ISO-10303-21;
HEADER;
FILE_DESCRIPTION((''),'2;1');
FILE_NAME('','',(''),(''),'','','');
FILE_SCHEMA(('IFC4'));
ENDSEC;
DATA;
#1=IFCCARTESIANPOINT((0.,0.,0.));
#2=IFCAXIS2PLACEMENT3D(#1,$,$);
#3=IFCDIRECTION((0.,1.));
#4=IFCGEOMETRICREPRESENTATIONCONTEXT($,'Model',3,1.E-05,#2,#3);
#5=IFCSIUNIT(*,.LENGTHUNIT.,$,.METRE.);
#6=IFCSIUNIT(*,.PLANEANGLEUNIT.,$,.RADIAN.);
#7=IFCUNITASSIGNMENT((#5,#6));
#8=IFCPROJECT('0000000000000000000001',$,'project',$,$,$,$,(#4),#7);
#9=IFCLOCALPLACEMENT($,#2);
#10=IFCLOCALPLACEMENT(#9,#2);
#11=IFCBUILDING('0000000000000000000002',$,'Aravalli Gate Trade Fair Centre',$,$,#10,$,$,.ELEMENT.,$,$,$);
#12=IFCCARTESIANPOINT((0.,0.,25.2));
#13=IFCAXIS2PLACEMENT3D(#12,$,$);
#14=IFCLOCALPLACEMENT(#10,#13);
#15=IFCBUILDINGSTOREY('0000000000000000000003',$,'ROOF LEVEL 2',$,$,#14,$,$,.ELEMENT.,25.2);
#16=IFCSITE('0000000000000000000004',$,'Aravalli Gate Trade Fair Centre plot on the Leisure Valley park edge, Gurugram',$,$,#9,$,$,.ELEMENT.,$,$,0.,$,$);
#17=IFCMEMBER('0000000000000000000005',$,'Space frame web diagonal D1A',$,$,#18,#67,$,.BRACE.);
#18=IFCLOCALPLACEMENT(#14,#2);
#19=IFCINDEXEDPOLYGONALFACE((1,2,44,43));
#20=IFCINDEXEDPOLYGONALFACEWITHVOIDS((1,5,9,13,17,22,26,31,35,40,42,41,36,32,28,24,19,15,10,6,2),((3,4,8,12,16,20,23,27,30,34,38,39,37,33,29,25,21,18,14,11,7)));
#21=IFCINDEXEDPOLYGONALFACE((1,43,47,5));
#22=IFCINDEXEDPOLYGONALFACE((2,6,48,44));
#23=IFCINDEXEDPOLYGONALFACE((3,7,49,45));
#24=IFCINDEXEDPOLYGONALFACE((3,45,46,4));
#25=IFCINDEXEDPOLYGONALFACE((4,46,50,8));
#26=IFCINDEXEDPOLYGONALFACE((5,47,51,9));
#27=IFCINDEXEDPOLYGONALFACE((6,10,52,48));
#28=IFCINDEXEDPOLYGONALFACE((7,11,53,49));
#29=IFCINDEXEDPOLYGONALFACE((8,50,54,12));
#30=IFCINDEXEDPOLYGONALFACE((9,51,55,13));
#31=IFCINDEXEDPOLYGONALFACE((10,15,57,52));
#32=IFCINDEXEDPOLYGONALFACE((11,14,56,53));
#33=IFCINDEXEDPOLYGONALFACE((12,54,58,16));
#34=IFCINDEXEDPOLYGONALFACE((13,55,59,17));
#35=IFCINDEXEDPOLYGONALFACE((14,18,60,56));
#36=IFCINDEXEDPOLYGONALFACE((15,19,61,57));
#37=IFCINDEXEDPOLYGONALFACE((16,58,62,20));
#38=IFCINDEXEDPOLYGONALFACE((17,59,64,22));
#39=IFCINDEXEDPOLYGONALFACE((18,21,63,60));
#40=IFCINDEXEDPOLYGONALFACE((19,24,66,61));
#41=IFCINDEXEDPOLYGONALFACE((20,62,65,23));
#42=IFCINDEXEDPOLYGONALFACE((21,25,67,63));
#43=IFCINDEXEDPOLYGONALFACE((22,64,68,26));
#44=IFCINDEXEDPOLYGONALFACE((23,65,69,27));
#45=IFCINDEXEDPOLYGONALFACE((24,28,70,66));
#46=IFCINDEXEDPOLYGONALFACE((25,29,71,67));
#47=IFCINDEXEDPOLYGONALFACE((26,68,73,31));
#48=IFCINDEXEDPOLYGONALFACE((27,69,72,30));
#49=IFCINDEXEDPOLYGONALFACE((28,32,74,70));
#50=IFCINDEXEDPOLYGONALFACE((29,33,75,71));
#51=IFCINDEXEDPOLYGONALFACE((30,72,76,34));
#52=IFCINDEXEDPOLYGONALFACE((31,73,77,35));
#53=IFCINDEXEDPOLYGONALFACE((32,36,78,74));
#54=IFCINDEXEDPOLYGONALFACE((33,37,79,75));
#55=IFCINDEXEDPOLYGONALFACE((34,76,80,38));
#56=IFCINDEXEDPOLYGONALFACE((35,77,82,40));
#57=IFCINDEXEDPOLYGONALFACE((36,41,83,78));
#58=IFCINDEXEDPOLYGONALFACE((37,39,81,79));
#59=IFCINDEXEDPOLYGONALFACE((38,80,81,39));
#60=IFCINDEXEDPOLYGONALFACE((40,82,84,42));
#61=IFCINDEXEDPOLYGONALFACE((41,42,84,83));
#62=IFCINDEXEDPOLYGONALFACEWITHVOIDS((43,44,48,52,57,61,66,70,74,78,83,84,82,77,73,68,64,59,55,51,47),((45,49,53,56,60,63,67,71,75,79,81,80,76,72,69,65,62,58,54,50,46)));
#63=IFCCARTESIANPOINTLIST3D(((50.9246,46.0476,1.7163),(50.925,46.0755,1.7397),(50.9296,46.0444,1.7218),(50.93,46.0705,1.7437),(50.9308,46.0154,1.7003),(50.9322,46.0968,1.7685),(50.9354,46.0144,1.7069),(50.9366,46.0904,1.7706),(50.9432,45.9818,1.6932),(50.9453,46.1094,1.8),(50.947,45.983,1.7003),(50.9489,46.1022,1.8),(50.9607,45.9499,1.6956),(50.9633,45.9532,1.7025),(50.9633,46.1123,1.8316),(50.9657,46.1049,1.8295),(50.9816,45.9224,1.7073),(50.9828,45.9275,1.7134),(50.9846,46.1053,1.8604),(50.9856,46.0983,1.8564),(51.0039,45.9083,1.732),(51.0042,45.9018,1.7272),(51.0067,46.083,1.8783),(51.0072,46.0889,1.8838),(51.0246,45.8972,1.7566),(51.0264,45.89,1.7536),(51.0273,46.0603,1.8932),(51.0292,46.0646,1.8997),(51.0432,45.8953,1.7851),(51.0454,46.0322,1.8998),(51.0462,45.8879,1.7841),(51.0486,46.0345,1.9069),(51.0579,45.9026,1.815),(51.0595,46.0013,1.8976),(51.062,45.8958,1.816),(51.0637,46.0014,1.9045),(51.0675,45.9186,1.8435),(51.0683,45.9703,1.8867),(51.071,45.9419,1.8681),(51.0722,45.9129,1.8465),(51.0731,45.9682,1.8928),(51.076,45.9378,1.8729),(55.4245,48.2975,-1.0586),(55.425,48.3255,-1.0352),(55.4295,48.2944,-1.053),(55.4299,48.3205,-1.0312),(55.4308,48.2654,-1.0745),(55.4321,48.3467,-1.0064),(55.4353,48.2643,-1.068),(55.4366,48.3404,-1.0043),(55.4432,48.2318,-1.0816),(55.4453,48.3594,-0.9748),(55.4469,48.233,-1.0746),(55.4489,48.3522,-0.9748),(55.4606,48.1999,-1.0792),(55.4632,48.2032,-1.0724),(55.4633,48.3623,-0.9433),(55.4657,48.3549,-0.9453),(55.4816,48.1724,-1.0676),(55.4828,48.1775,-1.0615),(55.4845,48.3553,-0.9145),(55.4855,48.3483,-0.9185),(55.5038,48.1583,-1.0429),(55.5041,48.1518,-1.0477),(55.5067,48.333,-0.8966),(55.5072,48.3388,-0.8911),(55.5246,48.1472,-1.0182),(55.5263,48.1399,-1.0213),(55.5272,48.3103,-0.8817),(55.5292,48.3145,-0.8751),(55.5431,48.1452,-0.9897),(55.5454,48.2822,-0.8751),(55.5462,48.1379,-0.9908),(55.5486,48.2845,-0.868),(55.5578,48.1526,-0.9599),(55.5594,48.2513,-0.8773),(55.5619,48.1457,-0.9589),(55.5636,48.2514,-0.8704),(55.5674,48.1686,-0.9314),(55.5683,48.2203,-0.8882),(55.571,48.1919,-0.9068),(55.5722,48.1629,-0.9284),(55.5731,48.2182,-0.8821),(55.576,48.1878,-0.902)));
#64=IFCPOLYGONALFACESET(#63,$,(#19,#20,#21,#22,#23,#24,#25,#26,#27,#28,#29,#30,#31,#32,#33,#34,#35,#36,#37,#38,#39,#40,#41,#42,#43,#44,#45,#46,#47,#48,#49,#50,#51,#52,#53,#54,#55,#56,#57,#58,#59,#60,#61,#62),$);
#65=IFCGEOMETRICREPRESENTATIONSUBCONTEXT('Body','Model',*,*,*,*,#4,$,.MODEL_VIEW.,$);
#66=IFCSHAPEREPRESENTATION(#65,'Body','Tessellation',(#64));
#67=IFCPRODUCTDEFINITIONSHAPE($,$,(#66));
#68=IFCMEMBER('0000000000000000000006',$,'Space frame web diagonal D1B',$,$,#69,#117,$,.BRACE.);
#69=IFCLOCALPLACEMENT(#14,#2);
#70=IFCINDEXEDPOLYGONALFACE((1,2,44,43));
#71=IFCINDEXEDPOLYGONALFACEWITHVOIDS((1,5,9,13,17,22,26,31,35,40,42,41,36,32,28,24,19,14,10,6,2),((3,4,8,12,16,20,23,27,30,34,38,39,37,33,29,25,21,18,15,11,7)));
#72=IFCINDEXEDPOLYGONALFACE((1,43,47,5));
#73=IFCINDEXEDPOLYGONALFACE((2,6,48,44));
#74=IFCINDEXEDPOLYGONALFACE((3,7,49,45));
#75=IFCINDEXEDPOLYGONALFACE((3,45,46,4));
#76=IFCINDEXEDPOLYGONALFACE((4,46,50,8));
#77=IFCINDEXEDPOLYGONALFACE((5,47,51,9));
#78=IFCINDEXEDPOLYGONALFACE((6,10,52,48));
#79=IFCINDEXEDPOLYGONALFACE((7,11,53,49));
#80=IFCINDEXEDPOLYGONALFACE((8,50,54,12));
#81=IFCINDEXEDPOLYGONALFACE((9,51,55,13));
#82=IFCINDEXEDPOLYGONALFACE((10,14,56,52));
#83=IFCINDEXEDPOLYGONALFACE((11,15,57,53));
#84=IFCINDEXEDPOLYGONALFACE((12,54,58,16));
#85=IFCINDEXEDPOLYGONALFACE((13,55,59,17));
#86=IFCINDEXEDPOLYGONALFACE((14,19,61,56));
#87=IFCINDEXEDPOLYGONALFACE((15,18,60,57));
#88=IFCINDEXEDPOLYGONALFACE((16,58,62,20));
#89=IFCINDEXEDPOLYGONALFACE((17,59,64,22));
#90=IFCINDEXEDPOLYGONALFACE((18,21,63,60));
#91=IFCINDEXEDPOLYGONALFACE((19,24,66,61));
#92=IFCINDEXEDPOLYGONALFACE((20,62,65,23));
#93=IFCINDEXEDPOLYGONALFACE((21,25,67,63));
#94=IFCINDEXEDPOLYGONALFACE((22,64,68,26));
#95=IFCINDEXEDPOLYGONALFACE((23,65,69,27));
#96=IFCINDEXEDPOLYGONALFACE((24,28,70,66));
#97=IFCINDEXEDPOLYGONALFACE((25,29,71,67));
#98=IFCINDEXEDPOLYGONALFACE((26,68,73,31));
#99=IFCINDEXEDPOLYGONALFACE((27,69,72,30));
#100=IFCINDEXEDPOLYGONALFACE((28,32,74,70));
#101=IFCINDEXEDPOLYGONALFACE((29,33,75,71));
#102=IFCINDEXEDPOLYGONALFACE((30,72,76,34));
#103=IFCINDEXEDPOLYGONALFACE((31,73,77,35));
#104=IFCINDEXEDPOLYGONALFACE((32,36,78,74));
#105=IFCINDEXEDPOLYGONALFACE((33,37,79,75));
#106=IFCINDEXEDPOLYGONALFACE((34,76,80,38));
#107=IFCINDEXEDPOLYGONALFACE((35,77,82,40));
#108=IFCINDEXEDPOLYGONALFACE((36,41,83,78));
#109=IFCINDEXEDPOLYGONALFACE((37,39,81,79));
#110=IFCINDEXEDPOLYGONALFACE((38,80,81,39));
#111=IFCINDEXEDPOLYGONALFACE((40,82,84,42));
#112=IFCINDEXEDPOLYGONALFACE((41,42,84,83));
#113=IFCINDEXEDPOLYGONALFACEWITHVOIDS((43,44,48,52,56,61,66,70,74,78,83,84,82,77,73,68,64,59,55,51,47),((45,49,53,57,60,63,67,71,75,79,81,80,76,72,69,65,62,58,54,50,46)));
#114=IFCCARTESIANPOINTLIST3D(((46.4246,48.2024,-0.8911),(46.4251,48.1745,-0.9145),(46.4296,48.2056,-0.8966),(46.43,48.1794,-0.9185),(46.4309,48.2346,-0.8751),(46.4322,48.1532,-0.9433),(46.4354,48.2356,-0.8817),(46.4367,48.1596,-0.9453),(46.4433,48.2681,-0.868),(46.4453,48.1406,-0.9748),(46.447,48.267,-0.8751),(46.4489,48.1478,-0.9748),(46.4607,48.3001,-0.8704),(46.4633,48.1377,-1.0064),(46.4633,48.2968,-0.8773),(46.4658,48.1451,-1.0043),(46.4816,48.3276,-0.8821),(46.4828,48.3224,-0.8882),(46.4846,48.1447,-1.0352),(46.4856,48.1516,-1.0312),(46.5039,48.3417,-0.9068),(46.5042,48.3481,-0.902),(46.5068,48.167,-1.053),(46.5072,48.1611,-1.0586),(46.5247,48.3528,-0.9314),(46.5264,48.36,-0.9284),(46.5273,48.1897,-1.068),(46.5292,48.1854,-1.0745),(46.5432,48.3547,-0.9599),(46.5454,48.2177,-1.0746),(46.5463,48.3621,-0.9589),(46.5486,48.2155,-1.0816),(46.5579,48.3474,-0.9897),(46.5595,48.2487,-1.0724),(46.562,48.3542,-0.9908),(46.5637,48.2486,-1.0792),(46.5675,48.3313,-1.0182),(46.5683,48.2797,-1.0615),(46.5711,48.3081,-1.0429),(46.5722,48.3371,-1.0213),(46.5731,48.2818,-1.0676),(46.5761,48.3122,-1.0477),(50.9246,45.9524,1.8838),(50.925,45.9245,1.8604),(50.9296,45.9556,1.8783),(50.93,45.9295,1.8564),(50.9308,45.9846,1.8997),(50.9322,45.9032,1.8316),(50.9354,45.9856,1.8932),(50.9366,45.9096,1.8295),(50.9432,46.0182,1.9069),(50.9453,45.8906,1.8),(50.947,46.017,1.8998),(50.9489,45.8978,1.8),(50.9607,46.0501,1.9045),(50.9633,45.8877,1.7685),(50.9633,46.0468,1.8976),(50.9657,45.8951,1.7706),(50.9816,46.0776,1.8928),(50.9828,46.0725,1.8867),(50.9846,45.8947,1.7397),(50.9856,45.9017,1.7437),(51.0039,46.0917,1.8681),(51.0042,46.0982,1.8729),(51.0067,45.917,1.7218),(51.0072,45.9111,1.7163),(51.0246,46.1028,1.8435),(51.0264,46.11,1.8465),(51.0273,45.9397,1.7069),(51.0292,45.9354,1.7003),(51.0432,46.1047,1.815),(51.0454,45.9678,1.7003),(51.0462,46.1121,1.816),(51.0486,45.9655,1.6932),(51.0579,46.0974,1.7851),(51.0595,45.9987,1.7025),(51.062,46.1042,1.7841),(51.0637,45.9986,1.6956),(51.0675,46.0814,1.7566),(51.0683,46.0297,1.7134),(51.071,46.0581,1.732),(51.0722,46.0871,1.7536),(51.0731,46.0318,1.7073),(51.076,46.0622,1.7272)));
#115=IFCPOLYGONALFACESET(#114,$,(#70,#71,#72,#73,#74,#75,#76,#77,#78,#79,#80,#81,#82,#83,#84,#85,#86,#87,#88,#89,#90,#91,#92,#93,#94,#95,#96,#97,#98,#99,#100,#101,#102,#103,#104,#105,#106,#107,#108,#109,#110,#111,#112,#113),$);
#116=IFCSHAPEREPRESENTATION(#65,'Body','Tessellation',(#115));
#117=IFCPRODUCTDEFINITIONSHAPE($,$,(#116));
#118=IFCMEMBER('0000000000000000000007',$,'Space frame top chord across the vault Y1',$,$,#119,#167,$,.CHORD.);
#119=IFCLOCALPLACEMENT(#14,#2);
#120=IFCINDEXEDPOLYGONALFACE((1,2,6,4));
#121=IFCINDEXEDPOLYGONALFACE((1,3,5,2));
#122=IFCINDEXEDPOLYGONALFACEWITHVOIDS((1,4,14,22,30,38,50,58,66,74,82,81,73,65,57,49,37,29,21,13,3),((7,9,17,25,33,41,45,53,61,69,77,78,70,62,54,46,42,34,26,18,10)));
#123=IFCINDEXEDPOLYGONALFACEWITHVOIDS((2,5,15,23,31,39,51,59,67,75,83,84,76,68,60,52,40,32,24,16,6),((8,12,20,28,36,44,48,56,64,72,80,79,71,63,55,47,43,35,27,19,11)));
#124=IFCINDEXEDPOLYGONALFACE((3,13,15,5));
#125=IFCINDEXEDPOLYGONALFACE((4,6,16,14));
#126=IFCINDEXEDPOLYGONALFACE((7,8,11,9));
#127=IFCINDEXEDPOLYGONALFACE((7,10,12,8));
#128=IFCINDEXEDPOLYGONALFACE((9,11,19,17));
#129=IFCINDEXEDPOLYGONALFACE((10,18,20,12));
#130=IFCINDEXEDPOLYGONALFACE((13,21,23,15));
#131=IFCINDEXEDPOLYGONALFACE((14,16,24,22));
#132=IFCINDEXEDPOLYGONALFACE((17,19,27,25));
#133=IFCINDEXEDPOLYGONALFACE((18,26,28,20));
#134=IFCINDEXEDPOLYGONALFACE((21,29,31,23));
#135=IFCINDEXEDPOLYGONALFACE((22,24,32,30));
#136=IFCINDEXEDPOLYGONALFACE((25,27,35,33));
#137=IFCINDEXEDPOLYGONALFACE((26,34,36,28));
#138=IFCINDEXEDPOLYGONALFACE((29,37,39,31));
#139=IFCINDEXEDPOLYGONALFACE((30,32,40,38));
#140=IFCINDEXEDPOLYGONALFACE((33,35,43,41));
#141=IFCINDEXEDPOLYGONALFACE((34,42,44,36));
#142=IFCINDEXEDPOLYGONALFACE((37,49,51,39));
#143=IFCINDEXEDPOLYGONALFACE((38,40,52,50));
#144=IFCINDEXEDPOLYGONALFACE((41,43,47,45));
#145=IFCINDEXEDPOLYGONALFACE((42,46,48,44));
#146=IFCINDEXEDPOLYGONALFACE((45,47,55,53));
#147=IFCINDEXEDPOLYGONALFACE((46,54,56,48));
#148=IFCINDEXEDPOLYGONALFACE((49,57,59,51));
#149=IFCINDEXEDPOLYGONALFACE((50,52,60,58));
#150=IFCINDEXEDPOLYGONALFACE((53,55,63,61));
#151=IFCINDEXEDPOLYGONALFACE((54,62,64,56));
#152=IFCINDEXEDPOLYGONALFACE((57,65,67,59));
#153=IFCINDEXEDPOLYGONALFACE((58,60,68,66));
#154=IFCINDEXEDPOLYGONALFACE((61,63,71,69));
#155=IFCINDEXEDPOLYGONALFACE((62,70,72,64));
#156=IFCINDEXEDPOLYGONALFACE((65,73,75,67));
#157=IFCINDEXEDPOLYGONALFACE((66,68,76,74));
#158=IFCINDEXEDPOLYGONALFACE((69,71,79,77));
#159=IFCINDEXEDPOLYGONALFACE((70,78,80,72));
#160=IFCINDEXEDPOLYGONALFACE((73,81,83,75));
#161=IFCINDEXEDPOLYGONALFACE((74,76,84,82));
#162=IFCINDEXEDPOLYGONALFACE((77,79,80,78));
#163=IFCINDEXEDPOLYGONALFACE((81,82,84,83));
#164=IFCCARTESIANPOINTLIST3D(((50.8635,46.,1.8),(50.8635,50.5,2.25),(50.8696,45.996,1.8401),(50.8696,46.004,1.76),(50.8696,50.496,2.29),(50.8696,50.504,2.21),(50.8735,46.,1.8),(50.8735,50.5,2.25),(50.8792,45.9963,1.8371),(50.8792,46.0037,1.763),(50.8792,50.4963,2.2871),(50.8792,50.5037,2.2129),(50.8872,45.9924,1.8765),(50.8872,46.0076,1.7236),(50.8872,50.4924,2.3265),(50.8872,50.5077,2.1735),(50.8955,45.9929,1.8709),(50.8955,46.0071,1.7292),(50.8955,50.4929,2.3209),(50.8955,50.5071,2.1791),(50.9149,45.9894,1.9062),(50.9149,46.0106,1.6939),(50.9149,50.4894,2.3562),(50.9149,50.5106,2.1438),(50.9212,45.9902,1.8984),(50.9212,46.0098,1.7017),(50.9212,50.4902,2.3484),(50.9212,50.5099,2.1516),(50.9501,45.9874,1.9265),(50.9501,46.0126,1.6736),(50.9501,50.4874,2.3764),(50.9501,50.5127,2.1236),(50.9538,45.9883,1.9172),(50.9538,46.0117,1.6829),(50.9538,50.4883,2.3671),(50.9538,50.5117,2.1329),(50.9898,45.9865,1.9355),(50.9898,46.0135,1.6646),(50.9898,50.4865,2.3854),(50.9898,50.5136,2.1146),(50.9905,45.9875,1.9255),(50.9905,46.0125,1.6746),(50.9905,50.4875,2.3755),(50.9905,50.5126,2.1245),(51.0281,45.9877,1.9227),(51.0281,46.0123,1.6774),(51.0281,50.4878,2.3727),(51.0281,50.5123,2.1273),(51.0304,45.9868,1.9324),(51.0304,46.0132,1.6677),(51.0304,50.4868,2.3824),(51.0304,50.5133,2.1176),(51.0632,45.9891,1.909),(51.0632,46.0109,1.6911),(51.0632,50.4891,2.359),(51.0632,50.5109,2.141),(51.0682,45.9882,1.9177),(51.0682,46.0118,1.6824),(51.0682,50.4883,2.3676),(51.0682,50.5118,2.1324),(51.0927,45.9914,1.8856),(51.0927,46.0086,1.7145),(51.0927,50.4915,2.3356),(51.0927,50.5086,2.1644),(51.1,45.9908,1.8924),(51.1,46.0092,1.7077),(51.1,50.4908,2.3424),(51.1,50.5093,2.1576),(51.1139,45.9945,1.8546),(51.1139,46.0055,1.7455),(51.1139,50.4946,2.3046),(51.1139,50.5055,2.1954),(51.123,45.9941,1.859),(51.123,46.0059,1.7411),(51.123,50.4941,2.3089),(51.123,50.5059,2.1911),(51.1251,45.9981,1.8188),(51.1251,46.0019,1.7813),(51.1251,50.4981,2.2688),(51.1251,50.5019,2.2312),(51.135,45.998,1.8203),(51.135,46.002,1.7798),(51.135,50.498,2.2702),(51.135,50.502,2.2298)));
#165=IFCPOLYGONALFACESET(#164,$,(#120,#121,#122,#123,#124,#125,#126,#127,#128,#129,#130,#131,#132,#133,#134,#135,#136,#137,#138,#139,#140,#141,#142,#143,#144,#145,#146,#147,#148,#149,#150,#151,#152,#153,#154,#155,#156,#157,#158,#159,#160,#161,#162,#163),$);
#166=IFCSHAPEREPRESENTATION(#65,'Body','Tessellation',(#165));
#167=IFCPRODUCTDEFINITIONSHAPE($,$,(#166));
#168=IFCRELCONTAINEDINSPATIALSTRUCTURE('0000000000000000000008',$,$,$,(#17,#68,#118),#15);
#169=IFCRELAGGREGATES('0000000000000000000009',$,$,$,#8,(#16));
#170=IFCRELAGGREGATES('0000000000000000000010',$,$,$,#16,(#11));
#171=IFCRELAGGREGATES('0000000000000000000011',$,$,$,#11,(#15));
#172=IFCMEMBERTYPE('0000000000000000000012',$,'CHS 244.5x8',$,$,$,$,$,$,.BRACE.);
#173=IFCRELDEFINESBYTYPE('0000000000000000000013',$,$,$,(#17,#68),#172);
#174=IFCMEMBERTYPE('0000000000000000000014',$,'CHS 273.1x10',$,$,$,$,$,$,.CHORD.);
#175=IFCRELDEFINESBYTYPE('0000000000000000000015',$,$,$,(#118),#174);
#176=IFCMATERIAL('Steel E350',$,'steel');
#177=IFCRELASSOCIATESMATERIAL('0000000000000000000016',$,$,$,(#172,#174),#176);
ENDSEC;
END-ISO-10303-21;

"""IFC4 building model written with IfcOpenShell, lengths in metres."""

from ifc_helpers import new_model, si_unit, direction, frame, origin, origin_2d, place, context, subcontext, project, spatial, hollow_circle, extrude, material, material_profile, profile_set, type_object, element, save


model = new_model("IFC4")

# Units and contexts
model_context = context("Model", 3, precision=1e-05, world=origin(), true_north=direction((0.0, 1.0)))
body_context = subcontext(model_context, "Body", "Model", "MODEL_VIEW")
ifc_project = project(units=[si_unit("LENGTHUNIT", "METRE"), si_unit("PLANEANGLEUNIT", "RADIAN")], contexts=[model_context])

# Site, building, storey
site_placement = place(None, origin())
site = spatial("IfcSite", under=ifc_project, at=site_placement, Name="Aravalli Gate Trade Fair Centre plot on the Leisure Valley park edge, Gurugram", CompositionType="ELEMENT", RefElevation=0.0)
building_placement = place(site_placement, origin())
building = spatial("IfcBuilding", under=site, at=building_placement, Name="Aravalli Gate Trade Fair Centre", CompositionType="ELEMENT")
storey_placement = place(building_placement, frame((0.0, 0.0, 25.2)))
storey = spatial("IfcBuildingStorey", under=building, at=storey_placement, Name="ROOF LEVEL 2", CompositionType="ELEMENT", Elevation=25.2)

# Members
ifc_material_1 = material(Name="Steel E350", Category="steel")
ifc_material_profile_1 = material_profile(ifc_material_1, hollow_circle(Radius=0.1223, WallThickness=0.0081, at=origin_2d()), Name="CHS 244.5x8")
ifc_profile_set_1 = profile_set([ifc_material_profile_1], Name="Steel E350")
member_type_1 = type_object("IfcMemberType", Name="CHS 244.5x8", PredefinedType="BRACE", material=ifc_profile_set_1)
for number, where, z_axis, x_axis, name in (
    (1, (51.0, 46.0, 1.8), (0.7832, 0.3916, -0.482956), (-0.447214, 0.894427, 0.0), "Space frame web diagonal D1A"),
    (2, (51.0, 46.0, 1.8), (-0.7832, 0.3916, -0.482956), (-0.447214, -0.894427, 0.0), "Space frame web diagonal D1B"),
):
    element("IfcMember", number, at=place(storey_placement, frame(where, z_axis=z_axis, x_axis=x_axis)), inside=storey, type_object=member_type_1, Name=name, PredefinedType="BRACE", context=body_context, shape_type="SweptSolid", body=[
        extrude(hollow_circle(Radius=0.1223, WallThickness=0.0081, at=origin_2d()), origin(), (0.0, 0.0, 1.0), 5.7456),
    ])
ifc_material_profile_2 = material_profile(ifc_material_1, hollow_circle(Radius=0.1365, WallThickness=0.01, at=origin_2d()), Name="CHS 273.1x10")
ifc_profile_set_2 = profile_set([ifc_material_profile_2], Name="Steel E350")
member_type_2 = type_object("IfcMemberType", Name="CHS 273.1x10", PredefinedType="CHORD", material=ifc_profile_set_2)
member_1_placement = place(storey_placement, frame((51.0, 46.0, 1.8), z_axis=(0.0, 0.995038, 0.099493), x_axis=(-1.0, 0.0, 0.0)))
element("IfcMember", 3, at=member_1_placement, inside=storey, type_object=member_type_2, Name="Space frame top chord across the vault Y1", PredefinedType="CHORD", context=body_context, shape_type="SweptSolid", body=[
    extrude(hollow_circle(Radius=0.1365, WallThickness=0.01, at=origin_2d()), origin(), (0.0, 0.0, 1.0), 4.5225),
])

save(model, "model.ifc")
